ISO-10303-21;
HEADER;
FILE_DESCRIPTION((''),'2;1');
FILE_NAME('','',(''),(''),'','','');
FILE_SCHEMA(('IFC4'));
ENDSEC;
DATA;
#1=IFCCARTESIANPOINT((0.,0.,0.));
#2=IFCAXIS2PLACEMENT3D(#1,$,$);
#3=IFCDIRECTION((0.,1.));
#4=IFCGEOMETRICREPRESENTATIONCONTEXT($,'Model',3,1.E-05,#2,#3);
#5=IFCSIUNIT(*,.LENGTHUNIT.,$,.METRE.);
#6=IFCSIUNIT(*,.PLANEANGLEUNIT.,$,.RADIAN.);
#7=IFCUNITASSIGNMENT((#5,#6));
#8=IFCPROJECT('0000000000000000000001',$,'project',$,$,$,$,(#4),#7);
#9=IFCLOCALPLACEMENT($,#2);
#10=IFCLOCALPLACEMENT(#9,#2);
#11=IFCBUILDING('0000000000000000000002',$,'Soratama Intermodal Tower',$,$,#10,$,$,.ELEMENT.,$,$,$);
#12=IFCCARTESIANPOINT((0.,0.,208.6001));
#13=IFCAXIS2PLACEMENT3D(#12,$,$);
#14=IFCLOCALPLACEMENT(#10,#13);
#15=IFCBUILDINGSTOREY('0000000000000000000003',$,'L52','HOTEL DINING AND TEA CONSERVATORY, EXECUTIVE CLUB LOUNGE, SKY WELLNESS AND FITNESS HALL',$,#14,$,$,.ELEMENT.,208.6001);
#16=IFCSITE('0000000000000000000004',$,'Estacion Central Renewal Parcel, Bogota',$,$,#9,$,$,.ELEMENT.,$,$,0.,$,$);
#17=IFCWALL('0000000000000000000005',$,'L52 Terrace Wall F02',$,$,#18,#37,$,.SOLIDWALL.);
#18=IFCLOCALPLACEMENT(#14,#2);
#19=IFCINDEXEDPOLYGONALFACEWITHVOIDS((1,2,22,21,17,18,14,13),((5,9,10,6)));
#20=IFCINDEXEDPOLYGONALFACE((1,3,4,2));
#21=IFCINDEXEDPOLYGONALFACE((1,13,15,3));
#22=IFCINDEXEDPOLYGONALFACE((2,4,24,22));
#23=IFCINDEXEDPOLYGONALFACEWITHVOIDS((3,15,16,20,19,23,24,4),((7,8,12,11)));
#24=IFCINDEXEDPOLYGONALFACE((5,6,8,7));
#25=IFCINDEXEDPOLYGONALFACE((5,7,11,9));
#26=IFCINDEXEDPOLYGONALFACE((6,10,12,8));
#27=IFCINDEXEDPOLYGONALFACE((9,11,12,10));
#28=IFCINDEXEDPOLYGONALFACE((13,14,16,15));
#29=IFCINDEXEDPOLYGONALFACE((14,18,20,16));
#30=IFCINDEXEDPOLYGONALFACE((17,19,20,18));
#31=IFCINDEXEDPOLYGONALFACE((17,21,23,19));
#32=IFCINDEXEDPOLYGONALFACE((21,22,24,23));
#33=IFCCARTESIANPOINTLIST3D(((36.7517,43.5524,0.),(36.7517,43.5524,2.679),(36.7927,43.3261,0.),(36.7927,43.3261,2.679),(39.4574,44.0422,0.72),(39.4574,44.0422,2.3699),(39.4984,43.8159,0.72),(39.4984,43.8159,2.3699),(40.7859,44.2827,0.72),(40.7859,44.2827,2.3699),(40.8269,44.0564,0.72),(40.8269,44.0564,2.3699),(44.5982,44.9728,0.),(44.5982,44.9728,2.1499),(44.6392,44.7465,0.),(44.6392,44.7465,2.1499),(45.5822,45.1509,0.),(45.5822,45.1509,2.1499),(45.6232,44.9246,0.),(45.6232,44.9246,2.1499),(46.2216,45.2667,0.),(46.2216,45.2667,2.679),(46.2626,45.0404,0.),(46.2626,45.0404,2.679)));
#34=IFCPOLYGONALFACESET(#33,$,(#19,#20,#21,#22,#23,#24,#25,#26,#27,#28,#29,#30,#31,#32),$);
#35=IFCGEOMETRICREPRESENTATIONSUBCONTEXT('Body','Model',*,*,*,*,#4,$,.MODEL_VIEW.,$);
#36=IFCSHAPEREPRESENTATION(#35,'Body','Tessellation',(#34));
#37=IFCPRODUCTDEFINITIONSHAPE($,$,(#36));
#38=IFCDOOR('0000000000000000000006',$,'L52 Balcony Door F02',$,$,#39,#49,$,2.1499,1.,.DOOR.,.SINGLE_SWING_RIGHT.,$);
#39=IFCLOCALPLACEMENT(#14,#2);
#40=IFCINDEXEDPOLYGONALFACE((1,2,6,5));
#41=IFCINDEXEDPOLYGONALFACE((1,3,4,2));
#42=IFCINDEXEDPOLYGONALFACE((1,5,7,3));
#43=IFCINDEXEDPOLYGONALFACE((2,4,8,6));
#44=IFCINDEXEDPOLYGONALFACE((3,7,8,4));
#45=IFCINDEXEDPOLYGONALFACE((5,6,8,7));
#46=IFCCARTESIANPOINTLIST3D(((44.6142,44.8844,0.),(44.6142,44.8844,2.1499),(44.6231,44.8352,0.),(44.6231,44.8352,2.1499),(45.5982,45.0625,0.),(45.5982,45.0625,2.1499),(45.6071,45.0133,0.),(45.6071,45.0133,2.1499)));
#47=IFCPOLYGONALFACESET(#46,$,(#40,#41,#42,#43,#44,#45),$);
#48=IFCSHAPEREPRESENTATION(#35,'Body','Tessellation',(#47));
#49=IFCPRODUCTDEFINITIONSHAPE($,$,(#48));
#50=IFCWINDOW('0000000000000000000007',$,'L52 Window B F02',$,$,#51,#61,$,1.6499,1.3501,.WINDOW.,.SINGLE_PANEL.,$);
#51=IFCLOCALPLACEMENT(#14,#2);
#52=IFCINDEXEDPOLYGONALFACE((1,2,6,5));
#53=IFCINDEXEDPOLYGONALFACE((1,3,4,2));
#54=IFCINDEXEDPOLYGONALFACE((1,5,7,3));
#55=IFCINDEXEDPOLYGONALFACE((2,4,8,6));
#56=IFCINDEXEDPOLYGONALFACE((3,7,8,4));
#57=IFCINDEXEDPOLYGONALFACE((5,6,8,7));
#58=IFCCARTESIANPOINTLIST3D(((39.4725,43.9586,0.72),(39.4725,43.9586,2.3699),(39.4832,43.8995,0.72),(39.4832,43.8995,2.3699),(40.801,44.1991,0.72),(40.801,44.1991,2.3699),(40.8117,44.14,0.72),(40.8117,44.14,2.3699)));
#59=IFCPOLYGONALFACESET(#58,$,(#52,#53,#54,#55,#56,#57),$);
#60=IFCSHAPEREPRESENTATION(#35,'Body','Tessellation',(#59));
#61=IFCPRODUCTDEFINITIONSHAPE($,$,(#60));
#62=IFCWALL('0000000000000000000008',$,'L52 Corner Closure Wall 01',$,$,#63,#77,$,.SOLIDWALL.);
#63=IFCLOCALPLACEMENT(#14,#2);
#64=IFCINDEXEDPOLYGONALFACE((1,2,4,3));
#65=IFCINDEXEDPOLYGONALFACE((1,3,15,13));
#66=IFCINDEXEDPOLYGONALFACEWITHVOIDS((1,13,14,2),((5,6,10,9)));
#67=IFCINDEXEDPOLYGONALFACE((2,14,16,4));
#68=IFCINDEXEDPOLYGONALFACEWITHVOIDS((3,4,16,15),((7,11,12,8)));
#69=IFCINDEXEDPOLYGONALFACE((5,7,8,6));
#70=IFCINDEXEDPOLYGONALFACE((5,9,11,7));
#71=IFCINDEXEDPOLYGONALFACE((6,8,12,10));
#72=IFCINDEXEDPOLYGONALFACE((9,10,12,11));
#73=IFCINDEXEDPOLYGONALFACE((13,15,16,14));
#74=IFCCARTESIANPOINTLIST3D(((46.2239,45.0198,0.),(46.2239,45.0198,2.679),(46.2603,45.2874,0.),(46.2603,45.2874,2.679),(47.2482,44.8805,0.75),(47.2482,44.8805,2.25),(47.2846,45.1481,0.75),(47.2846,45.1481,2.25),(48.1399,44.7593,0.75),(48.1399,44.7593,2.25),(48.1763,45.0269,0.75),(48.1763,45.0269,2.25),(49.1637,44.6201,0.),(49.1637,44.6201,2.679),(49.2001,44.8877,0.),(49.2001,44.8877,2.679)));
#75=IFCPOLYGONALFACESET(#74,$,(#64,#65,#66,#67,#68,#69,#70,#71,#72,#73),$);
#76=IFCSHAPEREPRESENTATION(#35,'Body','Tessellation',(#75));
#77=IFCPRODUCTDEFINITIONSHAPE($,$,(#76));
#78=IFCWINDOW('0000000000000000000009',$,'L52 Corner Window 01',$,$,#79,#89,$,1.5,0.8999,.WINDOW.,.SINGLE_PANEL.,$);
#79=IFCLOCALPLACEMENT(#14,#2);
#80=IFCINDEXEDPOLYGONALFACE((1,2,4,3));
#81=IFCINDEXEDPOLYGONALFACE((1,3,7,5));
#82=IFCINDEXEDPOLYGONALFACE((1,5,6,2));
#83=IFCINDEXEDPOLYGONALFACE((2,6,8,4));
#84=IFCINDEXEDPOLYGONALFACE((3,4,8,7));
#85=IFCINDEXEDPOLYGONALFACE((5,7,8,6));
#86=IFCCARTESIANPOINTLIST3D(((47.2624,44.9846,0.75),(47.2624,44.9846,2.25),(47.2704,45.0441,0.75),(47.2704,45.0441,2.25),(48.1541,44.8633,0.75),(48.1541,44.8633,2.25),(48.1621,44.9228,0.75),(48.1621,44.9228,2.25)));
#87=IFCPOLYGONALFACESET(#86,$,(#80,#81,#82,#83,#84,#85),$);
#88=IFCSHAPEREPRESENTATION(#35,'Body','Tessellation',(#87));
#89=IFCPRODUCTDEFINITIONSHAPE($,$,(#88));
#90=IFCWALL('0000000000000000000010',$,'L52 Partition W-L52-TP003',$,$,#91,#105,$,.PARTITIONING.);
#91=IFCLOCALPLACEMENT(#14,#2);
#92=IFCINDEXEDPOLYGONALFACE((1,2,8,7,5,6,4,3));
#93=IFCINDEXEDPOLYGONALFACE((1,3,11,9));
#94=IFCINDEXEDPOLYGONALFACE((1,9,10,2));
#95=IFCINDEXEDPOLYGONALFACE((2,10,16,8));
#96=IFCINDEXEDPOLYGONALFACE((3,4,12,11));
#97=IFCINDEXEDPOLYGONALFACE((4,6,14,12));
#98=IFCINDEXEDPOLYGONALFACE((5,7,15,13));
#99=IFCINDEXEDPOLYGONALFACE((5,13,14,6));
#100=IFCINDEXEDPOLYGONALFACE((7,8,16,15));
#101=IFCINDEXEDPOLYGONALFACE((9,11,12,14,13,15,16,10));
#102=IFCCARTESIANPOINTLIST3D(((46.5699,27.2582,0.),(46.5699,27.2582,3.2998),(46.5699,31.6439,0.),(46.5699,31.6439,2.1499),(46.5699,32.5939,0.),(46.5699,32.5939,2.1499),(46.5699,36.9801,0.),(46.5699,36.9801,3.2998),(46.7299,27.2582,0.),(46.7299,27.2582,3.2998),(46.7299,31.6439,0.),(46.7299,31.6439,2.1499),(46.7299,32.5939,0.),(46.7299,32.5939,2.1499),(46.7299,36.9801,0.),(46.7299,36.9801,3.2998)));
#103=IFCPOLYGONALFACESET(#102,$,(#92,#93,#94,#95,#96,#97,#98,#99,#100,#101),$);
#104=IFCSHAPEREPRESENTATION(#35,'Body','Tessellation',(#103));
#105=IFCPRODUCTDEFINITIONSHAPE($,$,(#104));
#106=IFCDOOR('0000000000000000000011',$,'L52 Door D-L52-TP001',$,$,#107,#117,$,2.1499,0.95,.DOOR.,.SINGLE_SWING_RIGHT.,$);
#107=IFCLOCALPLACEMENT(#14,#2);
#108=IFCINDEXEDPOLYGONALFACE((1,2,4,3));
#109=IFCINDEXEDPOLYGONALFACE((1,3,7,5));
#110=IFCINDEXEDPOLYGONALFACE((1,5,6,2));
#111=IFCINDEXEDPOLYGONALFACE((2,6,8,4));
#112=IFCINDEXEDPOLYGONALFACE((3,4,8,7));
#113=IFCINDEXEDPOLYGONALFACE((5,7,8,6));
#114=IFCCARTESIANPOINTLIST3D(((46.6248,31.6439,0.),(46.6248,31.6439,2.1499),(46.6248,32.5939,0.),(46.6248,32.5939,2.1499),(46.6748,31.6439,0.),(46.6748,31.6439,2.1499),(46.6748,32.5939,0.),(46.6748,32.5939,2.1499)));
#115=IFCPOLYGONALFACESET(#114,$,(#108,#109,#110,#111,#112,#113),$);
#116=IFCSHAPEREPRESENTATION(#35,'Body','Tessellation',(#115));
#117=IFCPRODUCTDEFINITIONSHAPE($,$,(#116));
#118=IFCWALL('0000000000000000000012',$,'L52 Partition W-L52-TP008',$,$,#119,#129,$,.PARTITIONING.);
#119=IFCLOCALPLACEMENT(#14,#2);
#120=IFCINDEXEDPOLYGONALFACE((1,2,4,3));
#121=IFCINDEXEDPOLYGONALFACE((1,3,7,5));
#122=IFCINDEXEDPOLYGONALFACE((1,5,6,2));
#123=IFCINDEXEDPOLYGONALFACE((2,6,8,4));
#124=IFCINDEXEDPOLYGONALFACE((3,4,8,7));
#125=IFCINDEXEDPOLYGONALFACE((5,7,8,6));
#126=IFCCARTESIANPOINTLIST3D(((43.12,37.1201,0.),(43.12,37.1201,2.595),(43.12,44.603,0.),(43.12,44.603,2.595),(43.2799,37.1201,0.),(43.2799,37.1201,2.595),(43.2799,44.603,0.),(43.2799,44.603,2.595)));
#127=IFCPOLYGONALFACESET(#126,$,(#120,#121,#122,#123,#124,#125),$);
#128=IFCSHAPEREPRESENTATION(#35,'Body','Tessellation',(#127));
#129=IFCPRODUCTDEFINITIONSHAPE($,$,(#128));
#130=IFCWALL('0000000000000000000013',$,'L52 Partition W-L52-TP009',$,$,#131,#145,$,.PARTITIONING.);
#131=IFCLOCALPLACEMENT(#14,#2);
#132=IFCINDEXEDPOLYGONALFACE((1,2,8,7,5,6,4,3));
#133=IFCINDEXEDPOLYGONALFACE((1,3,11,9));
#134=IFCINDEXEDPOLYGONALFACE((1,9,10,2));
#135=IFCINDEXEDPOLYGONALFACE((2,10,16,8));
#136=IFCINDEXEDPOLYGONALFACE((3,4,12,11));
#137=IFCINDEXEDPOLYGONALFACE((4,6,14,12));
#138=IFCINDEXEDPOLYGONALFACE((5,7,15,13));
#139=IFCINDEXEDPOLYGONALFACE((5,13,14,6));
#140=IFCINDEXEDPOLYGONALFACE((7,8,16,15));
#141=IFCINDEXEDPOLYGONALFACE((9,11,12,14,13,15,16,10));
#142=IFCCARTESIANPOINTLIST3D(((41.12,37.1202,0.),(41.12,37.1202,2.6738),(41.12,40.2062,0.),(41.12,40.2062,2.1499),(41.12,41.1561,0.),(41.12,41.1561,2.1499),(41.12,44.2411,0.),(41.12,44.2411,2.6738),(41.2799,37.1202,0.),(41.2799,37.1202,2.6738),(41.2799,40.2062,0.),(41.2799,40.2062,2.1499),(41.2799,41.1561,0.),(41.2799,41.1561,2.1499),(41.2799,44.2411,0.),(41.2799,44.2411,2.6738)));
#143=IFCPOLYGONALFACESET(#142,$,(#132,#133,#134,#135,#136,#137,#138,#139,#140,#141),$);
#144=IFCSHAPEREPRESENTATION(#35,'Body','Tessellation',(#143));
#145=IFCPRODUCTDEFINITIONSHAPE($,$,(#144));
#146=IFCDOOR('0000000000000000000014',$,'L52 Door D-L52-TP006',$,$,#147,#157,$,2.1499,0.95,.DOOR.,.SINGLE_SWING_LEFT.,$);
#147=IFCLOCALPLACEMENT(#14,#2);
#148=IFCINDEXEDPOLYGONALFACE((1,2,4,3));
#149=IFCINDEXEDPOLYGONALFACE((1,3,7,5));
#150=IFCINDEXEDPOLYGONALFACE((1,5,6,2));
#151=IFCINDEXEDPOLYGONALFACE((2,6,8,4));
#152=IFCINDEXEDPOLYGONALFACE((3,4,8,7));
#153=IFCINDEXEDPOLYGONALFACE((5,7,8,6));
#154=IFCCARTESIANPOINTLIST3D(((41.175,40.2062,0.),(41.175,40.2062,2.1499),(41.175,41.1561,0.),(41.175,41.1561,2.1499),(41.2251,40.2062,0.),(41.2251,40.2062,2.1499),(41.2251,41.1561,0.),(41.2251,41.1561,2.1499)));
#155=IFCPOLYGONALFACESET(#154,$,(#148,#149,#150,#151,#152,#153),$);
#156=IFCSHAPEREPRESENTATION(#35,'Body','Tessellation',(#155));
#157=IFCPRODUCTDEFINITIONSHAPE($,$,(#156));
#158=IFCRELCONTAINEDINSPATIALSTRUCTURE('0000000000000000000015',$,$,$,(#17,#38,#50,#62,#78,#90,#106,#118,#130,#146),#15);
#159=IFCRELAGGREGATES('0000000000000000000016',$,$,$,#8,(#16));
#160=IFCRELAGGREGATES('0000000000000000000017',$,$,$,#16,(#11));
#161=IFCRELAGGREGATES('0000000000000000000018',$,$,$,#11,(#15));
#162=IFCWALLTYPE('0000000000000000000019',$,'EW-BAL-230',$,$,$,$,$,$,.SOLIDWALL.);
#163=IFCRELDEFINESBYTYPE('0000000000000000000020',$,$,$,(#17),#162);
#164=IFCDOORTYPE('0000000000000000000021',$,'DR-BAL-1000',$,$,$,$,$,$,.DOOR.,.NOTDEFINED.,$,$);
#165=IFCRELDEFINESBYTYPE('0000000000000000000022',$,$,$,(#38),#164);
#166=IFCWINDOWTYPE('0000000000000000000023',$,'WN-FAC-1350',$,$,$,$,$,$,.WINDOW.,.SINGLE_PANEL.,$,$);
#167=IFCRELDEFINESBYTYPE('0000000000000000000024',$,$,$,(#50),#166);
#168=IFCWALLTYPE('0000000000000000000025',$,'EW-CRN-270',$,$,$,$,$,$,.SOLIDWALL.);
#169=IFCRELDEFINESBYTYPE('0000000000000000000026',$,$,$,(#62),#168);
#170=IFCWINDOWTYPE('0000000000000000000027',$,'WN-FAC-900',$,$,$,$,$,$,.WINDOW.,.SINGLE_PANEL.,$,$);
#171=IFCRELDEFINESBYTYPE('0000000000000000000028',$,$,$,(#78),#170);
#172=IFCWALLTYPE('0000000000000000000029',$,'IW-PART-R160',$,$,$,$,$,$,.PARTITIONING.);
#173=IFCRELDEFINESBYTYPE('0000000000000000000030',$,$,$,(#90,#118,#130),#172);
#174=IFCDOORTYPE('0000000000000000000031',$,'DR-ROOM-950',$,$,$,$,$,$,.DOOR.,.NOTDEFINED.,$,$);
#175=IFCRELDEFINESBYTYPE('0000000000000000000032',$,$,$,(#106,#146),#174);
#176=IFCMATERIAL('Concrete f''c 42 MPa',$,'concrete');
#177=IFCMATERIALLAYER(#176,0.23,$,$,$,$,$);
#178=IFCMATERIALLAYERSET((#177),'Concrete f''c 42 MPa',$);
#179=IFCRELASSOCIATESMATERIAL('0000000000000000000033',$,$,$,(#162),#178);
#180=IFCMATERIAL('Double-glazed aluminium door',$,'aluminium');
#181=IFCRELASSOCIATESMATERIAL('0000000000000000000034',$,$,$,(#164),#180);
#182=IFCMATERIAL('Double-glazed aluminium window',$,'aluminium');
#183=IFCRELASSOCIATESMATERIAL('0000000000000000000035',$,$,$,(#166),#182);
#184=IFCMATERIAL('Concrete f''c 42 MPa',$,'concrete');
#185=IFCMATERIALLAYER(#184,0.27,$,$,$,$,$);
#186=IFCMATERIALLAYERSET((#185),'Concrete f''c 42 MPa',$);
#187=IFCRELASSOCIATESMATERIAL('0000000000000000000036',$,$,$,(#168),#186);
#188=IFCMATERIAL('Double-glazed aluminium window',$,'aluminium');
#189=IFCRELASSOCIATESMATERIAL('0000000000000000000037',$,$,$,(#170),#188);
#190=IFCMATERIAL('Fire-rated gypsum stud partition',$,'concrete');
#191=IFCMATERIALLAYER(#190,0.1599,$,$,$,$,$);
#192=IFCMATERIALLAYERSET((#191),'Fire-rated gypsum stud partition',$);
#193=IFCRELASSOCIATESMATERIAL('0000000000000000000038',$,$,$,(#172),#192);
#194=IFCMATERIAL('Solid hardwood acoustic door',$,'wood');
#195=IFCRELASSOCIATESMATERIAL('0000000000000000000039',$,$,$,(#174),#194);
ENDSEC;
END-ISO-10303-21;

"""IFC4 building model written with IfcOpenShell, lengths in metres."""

from ifc_helpers import new_model, si_unit, direction, frame, frame_2d, origin, place, context, subcontext, project, spatial, rectangle, extrude, material, layer, layer_set, type_object, element, fill, save


model = new_model("IFC4")

# Units and contexts
model_context = context("Model", 3, precision=1e-05, world=origin(), true_north=direction((0.0, 1.0)))
body_context = subcontext(model_context, "Body", "Model", "MODEL_VIEW")
ifc_project = project(units=[si_unit("LENGTHUNIT", "METRE"), si_unit("PLANEANGLEUNIT", "RADIAN")], contexts=[model_context])

# Site, building, storey
site_placement = place(None, origin())
site = spatial("IfcSite", under=ifc_project, at=site_placement, Name="Estacion Central Renewal Parcel, Bogota", CompositionType="ELEMENT", RefElevation=0.0)
building_placement = place(site_placement, origin())
building = spatial("IfcBuilding", under=site, at=building_placement, Name="Soratama Intermodal Tower", CompositionType="ELEMENT")
storey_placement = place(building_placement, frame((0.0, 0.0, 208.6001)))
storey = spatial("IfcBuildingStorey", under=building, at=storey_placement, Name="L52", Description="HOTEL DINING AND TEA CONSERVATORY, EXECUTIVE CLUB LOUNGE, SKY WELLNESS AND FITNESS HALL", CompositionType="ELEMENT", Elevation=208.6001)

# Wall, openings, door, window
ifc_material_1 = material(Name="Concrete f'c 42 MPa", Category="concrete")
ifc_layer_1 = layer(ifc_material_1, 0.23)
ifc_layer_set_1 = layer_set([ifc_layer_1], Name="Concrete f'c 42 MPa")
wall_type_1 = type_object("IfcWallType", Name="EW-BAL-230", PredefinedType="SOLIDWALL", material=ifc_layer_set_1)
wall_1_placement = place(storey_placement, frame((46.2422, 45.1536, 0.0), z_axis=(0.0, 0.0, 1.0), x_axis=(-0.984006, -0.178135, 0.0)))
wall_1 = element("IfcWall", 1, at=wall_1_placement, inside=storey, type_object=wall_type_1, Name="L52 Terrace Wall F02", PredefinedType="SOLIDWALL", context=body_context, shape_type="SweptSolid", body=[
    extrude(rectangle(XDim=9.6238, YDim=0.23, at=frame_2d((4.812, 0.0))), origin(), (0.0, 0.0, 1.0), 2.679),
])
opening_1_placement = place(wall_1_placement, frame((0.6499, 0.0, 0.0)))
opening_1 = element("IfcOpeningElement", 2, at=opening_1_placement, cuts=wall_1, PredefinedType="OPENING", context=body_context, shape_type="SweptSolid", body=[
    extrude(rectangle(XDim=1.0, YDim=2.1499, at=frame_2d((0.5, 1.075))), frame((0.0, 0.125, 0.0), z_axis=(0.0, -1.0, 0.0), x_axis=(1.0, 0.0, 0.0)), (0.0, 0.0, 1.0), 0.25),
])
opening_2_placement = place(wall_1_placement, frame((5.5242, 0.0, 0.72)))
opening_2 = element("IfcOpeningElement", 3, at=opening_2_placement, cuts=wall_1, PredefinedType="OPENING", context=body_context, shape_type="SweptSolid", body=[
    extrude(rectangle(XDim=1.3501, YDim=1.6499, at=frame_2d((0.675, 0.825))), frame((0.0, 0.125, 0.0), z_axis=(0.0, -1.0, 0.0), x_axis=(1.0, 0.0, 0.0)), (0.0, 0.0, 1.0), 0.25),
])
ifc_material_2 = material(Name="Double-glazed aluminium door", Category="aluminium")
door_type_1 = type_object("IfcDoorType", Name="DR-BAL-1000", OperationType="NOTDEFINED", PredefinedType="DOOR", material=ifc_material_2)
door_1_placement = place(opening_1_placement, origin())
door_1 = element("IfcDoor", 4, at=door_1_placement, inside=storey, type_object=door_type_1, Name="L52 Balcony Door F02", OperationType="SINGLE_SWING_RIGHT", OverallHeight=2.1499, OverallWidth=1.0, PredefinedType="DOOR", context=body_context, shape_type="SweptSolid", body=[
    extrude(rectangle(XDim=1.0, YDim=2.1499, at=frame_2d((0.5, 1.075))), frame((0.0, 0.0249, 0.0), z_axis=(0.0, -1.0, 0.0), x_axis=(1.0, 0.0, 0.0)), (0.0, 0.0, 1.0), 0.05),
])
fill(opening_1, door_1)
ifc_material_3 = material(Name="Double-glazed aluminium window", Category="aluminium")
window_type_1 = type_object("IfcWindowType", Name="WN-FAC-1350", PartitioningType="SINGLE_PANEL", PredefinedType="WINDOW", material=ifc_material_3)
window_1_placement = place(opening_2_placement, origin())
window_1 = element("IfcWindow", 5, at=window_1_placement, inside=storey, type_object=window_type_1, Name="L52 Window B F02", OverallHeight=1.6499, OverallWidth=1.3501, PartitioningType="SINGLE_PANEL", PredefinedType="WINDOW", context=body_context, shape_type="SweptSolid", body=[
    extrude(rectangle(XDim=1.3501, YDim=1.6499, at=frame_2d((0.675, 0.825))), frame((0.0, 0.03, 0.0), z_axis=(0.0, -1.0, 0.0), x_axis=(1.0, 0.0, 0.0)), (0.0, 0.0, 1.0), 0.0601),
])
fill(opening_2, window_1)

# Wall, opening, window
ifc_material_4 = material(Name="Concrete f'c 42 MPa", Category="concrete")
ifc_layer_2 = layer(ifc_material_4, 0.27)
ifc_layer_set_2 = layer_set([ifc_layer_2], Name="Concrete f'c 42 MPa")
wall_type_2 = type_object("IfcWallType", Name="EW-CRN-270", PredefinedType="SOLIDWALL", material=ifc_layer_set_2)
wall_2_placement = place(storey_placement, frame((49.1819, 44.7539, 0.0), z_axis=(0.0, 0.0, 1.0), x_axis=(-0.990885, 0.134713, 0.0)))
wall_2 = element("IfcWall", 6, at=wall_2_placement, inside=storey, type_object=wall_type_2, Name="L52 Corner Closure Wall 01", PredefinedType="SOLIDWALL", context=body_context, shape_type="SweptSolid", body=[
    extrude(rectangle(XDim=2.9668, YDim=0.27, at=frame_2d((1.4834, 0.0))), origin(), (0.0, 0.0, 1.0), 2.679),
])
opening_3_placement = place(wall_2_placement, frame((1.0332, 0.0, 0.75)))
opening_3 = element("IfcOpeningElement", 7, at=opening_3_placement, cuts=wall_2, PredefinedType="OPENING", context=body_context, shape_type="SweptSolid", body=[
    extrude(rectangle(XDim=0.8999, YDim=1.5, at=frame_2d((0.45, 0.75))), frame((0.0, 0.145, 0.0), z_axis=(0.0, -1.0, 0.0), x_axis=(1.0, 0.0, 0.0)), (0.0, 0.0, 1.0), 0.29),
])
ifc_material_5 = material(Name="Double-glazed aluminium window", Category="aluminium")
window_type_2 = type_object("IfcWindowType", Name="WN-FAC-900", PartitioningType="SINGLE_PANEL", PredefinedType="WINDOW", material=ifc_material_5)
window_2_placement = place(opening_3_placement, origin())
window_2 = element("IfcWindow", 8, at=window_2_placement, inside=storey, type_object=window_type_2, Name="L52 Corner Window 01", OverallHeight=1.5, OverallWidth=0.8999, PartitioningType="SINGLE_PANEL", PredefinedType="WINDOW", context=body_context, shape_type="SweptSolid", body=[
    extrude(rectangle(XDim=0.8999, YDim=1.5, at=frame_2d((0.45, 0.75))), frame((0.0, 0.03, 0.0), z_axis=(0.0, -1.0, 0.0), x_axis=(1.0, 0.0, 0.0)), (0.0, 0.0, 1.0), 0.0601),
])
fill(opening_3, window_2)

# Wall, opening, door
ifc_material_6 = material(Name="Fire-rated gypsum stud partition", Category="concrete")
ifc_layer_3 = layer(ifc_material_6, 0.1599)
ifc_layer_set_3 = layer_set([ifc_layer_3], Name="Fire-rated gypsum stud partition")
wall_type_3 = type_object("IfcWallType", Name="IW-PART-R160", PredefinedType="PARTITIONING", material=ifc_layer_set_3)
wall_3_placement = place(storey_placement, frame((46.6499, 36.98, 0.0), z_axis=(0.0, 0.0, 1.0), x_axis=(0.0, -1.0, 0.0)))
wall_3 = element("IfcWall", 9, at=wall_3_placement, inside=storey, type_object=wall_type_3, Name="L52 Partition W-L52-TP003", PredefinedType="PARTITIONING", context=body_context, shape_type="SweptSolid", body=[
    extrude(rectangle(XDim=9.7219, YDim=0.1599, at=frame_2d((4.8608, 0.0))), origin(), (0.0, 0.0, 1.0), 3.2998),
])
opening_4_placement = place(wall_3_placement, frame((4.386, 0.0, 0.0)))
opening_4 = element("IfcOpeningElement", 10, at=opening_4_placement, cuts=wall_3, PredefinedType="OPENING", context=body_context, shape_type="SweptSolid", body=[
    extrude(rectangle(XDim=0.95, YDim=2.1499, at=frame_2d((0.4751, 1.075))), frame((0.0, 0.0898, 0.0), z_axis=(0.0, -1.0, 0.0), x_axis=(1.0, 0.0, 0.0)), (0.0, 0.0, 1.0), 0.1799),
])
ifc_material_7 = material(Name="Solid hardwood acoustic door", Category="wood")
door_type_2 = type_object("IfcDoorType", Name="DR-ROOM-950", OperationType="NOTDEFINED", PredefinedType="DOOR", material=ifc_material_7)
door_2_placement = place(opening_4_placement, origin())
door_2 = element("IfcDoor", 11, at=door_2_placement, inside=storey, type_object=door_type_2, Name="L52 Door D-L52-TP001", OperationType="SINGLE_SWING_RIGHT", OverallHeight=2.1499, OverallWidth=0.95, PredefinedType="DOOR", context=body_context, shape_type="SweptSolid", body=[
    extrude(rectangle(XDim=0.95, YDim=2.1499, at=frame_2d((0.4751, 1.075))), frame((0.0, 0.0249, 0.0), z_axis=(0.0, -1.0, 0.0), x_axis=(1.0, 0.0, 0.0)), (0.0, 0.0, 1.0), 0.05),
])
fill(opening_4, door_2)

# Wall
wall_4_placement = place(storey_placement, frame((43.2, 44.603, 0.0), z_axis=(0.0, 0.0, 1.0), x_axis=(0.0, -1.0, 0.0)))
element("IfcWall", 12, at=wall_4_placement, inside=storey, type_object=wall_type_3, Name="L52 Partition W-L52-TP008", PredefinedType="PARTITIONING", context=body_context, shape_type="SweptSolid", body=[
    extrude(rectangle(XDim=7.4829, YDim=0.1599, at=frame_2d((3.7415, 0.0))), origin(), (0.0, 0.0, 1.0), 2.595),
])

# Wall, opening, door
wall_5_placement = place(storey_placement, frame((41.2, 37.1201, 0.0), z_axis=(0.0, 0.0, 1.0), x_axis=(0.0, 1.0, 0.0)))
wall_5 = element("IfcWall", 13, at=wall_5_placement, inside=storey, type_object=wall_type_3, Name="L52 Partition W-L52-TP009", PredefinedType="PARTITIONING", context=body_context, shape_type="SweptSolid", body=[
    extrude(rectangle(XDim=7.1208, YDim=0.1599, at=frame_2d((3.5605, 0.0))), origin(), (0.0, 0.0, 1.0), 2.6738),
])
opening_5_placement = place(wall_5_placement, frame((3.0859, 0.0, 0.0)))
opening_5 = element("IfcOpeningElement", 14, at=opening_5_placement, cuts=wall_5, PredefinedType="OPENING", context=body_context, shape_type="SweptSolid", body=[
    extrude(rectangle(XDim=0.95, YDim=2.1499, at=frame_2d((0.4751, 1.075))), frame((0.0, 0.0898, 0.0), z_axis=(0.0, -1.0, 0.0), x_axis=(1.0, 0.0, 0.0)), (0.0, 0.0, 1.0), 0.1799),
])
door_3_placement = place(opening_5_placement, origin())
door_3 = element("IfcDoor", 15, at=door_3_placement, inside=storey, type_object=door_type_2, Name="L52 Door D-L52-TP006", OperationType="SINGLE_SWING_LEFT", OverallHeight=2.1499, OverallWidth=0.95, PredefinedType="DOOR", context=body_context, shape_type="SweptSolid", body=[
    extrude(rectangle(XDim=0.95, YDim=2.1499, at=frame_2d((0.4751, 1.075))), frame((0.0, 0.0249, 0.0), z_axis=(0.0, -1.0, 0.0), x_axis=(1.0, 0.0, 0.0)), (0.0, 0.0, 1.0), 0.05),
])
fill(opening_5, door_3)

save(model, "model.ifc")
